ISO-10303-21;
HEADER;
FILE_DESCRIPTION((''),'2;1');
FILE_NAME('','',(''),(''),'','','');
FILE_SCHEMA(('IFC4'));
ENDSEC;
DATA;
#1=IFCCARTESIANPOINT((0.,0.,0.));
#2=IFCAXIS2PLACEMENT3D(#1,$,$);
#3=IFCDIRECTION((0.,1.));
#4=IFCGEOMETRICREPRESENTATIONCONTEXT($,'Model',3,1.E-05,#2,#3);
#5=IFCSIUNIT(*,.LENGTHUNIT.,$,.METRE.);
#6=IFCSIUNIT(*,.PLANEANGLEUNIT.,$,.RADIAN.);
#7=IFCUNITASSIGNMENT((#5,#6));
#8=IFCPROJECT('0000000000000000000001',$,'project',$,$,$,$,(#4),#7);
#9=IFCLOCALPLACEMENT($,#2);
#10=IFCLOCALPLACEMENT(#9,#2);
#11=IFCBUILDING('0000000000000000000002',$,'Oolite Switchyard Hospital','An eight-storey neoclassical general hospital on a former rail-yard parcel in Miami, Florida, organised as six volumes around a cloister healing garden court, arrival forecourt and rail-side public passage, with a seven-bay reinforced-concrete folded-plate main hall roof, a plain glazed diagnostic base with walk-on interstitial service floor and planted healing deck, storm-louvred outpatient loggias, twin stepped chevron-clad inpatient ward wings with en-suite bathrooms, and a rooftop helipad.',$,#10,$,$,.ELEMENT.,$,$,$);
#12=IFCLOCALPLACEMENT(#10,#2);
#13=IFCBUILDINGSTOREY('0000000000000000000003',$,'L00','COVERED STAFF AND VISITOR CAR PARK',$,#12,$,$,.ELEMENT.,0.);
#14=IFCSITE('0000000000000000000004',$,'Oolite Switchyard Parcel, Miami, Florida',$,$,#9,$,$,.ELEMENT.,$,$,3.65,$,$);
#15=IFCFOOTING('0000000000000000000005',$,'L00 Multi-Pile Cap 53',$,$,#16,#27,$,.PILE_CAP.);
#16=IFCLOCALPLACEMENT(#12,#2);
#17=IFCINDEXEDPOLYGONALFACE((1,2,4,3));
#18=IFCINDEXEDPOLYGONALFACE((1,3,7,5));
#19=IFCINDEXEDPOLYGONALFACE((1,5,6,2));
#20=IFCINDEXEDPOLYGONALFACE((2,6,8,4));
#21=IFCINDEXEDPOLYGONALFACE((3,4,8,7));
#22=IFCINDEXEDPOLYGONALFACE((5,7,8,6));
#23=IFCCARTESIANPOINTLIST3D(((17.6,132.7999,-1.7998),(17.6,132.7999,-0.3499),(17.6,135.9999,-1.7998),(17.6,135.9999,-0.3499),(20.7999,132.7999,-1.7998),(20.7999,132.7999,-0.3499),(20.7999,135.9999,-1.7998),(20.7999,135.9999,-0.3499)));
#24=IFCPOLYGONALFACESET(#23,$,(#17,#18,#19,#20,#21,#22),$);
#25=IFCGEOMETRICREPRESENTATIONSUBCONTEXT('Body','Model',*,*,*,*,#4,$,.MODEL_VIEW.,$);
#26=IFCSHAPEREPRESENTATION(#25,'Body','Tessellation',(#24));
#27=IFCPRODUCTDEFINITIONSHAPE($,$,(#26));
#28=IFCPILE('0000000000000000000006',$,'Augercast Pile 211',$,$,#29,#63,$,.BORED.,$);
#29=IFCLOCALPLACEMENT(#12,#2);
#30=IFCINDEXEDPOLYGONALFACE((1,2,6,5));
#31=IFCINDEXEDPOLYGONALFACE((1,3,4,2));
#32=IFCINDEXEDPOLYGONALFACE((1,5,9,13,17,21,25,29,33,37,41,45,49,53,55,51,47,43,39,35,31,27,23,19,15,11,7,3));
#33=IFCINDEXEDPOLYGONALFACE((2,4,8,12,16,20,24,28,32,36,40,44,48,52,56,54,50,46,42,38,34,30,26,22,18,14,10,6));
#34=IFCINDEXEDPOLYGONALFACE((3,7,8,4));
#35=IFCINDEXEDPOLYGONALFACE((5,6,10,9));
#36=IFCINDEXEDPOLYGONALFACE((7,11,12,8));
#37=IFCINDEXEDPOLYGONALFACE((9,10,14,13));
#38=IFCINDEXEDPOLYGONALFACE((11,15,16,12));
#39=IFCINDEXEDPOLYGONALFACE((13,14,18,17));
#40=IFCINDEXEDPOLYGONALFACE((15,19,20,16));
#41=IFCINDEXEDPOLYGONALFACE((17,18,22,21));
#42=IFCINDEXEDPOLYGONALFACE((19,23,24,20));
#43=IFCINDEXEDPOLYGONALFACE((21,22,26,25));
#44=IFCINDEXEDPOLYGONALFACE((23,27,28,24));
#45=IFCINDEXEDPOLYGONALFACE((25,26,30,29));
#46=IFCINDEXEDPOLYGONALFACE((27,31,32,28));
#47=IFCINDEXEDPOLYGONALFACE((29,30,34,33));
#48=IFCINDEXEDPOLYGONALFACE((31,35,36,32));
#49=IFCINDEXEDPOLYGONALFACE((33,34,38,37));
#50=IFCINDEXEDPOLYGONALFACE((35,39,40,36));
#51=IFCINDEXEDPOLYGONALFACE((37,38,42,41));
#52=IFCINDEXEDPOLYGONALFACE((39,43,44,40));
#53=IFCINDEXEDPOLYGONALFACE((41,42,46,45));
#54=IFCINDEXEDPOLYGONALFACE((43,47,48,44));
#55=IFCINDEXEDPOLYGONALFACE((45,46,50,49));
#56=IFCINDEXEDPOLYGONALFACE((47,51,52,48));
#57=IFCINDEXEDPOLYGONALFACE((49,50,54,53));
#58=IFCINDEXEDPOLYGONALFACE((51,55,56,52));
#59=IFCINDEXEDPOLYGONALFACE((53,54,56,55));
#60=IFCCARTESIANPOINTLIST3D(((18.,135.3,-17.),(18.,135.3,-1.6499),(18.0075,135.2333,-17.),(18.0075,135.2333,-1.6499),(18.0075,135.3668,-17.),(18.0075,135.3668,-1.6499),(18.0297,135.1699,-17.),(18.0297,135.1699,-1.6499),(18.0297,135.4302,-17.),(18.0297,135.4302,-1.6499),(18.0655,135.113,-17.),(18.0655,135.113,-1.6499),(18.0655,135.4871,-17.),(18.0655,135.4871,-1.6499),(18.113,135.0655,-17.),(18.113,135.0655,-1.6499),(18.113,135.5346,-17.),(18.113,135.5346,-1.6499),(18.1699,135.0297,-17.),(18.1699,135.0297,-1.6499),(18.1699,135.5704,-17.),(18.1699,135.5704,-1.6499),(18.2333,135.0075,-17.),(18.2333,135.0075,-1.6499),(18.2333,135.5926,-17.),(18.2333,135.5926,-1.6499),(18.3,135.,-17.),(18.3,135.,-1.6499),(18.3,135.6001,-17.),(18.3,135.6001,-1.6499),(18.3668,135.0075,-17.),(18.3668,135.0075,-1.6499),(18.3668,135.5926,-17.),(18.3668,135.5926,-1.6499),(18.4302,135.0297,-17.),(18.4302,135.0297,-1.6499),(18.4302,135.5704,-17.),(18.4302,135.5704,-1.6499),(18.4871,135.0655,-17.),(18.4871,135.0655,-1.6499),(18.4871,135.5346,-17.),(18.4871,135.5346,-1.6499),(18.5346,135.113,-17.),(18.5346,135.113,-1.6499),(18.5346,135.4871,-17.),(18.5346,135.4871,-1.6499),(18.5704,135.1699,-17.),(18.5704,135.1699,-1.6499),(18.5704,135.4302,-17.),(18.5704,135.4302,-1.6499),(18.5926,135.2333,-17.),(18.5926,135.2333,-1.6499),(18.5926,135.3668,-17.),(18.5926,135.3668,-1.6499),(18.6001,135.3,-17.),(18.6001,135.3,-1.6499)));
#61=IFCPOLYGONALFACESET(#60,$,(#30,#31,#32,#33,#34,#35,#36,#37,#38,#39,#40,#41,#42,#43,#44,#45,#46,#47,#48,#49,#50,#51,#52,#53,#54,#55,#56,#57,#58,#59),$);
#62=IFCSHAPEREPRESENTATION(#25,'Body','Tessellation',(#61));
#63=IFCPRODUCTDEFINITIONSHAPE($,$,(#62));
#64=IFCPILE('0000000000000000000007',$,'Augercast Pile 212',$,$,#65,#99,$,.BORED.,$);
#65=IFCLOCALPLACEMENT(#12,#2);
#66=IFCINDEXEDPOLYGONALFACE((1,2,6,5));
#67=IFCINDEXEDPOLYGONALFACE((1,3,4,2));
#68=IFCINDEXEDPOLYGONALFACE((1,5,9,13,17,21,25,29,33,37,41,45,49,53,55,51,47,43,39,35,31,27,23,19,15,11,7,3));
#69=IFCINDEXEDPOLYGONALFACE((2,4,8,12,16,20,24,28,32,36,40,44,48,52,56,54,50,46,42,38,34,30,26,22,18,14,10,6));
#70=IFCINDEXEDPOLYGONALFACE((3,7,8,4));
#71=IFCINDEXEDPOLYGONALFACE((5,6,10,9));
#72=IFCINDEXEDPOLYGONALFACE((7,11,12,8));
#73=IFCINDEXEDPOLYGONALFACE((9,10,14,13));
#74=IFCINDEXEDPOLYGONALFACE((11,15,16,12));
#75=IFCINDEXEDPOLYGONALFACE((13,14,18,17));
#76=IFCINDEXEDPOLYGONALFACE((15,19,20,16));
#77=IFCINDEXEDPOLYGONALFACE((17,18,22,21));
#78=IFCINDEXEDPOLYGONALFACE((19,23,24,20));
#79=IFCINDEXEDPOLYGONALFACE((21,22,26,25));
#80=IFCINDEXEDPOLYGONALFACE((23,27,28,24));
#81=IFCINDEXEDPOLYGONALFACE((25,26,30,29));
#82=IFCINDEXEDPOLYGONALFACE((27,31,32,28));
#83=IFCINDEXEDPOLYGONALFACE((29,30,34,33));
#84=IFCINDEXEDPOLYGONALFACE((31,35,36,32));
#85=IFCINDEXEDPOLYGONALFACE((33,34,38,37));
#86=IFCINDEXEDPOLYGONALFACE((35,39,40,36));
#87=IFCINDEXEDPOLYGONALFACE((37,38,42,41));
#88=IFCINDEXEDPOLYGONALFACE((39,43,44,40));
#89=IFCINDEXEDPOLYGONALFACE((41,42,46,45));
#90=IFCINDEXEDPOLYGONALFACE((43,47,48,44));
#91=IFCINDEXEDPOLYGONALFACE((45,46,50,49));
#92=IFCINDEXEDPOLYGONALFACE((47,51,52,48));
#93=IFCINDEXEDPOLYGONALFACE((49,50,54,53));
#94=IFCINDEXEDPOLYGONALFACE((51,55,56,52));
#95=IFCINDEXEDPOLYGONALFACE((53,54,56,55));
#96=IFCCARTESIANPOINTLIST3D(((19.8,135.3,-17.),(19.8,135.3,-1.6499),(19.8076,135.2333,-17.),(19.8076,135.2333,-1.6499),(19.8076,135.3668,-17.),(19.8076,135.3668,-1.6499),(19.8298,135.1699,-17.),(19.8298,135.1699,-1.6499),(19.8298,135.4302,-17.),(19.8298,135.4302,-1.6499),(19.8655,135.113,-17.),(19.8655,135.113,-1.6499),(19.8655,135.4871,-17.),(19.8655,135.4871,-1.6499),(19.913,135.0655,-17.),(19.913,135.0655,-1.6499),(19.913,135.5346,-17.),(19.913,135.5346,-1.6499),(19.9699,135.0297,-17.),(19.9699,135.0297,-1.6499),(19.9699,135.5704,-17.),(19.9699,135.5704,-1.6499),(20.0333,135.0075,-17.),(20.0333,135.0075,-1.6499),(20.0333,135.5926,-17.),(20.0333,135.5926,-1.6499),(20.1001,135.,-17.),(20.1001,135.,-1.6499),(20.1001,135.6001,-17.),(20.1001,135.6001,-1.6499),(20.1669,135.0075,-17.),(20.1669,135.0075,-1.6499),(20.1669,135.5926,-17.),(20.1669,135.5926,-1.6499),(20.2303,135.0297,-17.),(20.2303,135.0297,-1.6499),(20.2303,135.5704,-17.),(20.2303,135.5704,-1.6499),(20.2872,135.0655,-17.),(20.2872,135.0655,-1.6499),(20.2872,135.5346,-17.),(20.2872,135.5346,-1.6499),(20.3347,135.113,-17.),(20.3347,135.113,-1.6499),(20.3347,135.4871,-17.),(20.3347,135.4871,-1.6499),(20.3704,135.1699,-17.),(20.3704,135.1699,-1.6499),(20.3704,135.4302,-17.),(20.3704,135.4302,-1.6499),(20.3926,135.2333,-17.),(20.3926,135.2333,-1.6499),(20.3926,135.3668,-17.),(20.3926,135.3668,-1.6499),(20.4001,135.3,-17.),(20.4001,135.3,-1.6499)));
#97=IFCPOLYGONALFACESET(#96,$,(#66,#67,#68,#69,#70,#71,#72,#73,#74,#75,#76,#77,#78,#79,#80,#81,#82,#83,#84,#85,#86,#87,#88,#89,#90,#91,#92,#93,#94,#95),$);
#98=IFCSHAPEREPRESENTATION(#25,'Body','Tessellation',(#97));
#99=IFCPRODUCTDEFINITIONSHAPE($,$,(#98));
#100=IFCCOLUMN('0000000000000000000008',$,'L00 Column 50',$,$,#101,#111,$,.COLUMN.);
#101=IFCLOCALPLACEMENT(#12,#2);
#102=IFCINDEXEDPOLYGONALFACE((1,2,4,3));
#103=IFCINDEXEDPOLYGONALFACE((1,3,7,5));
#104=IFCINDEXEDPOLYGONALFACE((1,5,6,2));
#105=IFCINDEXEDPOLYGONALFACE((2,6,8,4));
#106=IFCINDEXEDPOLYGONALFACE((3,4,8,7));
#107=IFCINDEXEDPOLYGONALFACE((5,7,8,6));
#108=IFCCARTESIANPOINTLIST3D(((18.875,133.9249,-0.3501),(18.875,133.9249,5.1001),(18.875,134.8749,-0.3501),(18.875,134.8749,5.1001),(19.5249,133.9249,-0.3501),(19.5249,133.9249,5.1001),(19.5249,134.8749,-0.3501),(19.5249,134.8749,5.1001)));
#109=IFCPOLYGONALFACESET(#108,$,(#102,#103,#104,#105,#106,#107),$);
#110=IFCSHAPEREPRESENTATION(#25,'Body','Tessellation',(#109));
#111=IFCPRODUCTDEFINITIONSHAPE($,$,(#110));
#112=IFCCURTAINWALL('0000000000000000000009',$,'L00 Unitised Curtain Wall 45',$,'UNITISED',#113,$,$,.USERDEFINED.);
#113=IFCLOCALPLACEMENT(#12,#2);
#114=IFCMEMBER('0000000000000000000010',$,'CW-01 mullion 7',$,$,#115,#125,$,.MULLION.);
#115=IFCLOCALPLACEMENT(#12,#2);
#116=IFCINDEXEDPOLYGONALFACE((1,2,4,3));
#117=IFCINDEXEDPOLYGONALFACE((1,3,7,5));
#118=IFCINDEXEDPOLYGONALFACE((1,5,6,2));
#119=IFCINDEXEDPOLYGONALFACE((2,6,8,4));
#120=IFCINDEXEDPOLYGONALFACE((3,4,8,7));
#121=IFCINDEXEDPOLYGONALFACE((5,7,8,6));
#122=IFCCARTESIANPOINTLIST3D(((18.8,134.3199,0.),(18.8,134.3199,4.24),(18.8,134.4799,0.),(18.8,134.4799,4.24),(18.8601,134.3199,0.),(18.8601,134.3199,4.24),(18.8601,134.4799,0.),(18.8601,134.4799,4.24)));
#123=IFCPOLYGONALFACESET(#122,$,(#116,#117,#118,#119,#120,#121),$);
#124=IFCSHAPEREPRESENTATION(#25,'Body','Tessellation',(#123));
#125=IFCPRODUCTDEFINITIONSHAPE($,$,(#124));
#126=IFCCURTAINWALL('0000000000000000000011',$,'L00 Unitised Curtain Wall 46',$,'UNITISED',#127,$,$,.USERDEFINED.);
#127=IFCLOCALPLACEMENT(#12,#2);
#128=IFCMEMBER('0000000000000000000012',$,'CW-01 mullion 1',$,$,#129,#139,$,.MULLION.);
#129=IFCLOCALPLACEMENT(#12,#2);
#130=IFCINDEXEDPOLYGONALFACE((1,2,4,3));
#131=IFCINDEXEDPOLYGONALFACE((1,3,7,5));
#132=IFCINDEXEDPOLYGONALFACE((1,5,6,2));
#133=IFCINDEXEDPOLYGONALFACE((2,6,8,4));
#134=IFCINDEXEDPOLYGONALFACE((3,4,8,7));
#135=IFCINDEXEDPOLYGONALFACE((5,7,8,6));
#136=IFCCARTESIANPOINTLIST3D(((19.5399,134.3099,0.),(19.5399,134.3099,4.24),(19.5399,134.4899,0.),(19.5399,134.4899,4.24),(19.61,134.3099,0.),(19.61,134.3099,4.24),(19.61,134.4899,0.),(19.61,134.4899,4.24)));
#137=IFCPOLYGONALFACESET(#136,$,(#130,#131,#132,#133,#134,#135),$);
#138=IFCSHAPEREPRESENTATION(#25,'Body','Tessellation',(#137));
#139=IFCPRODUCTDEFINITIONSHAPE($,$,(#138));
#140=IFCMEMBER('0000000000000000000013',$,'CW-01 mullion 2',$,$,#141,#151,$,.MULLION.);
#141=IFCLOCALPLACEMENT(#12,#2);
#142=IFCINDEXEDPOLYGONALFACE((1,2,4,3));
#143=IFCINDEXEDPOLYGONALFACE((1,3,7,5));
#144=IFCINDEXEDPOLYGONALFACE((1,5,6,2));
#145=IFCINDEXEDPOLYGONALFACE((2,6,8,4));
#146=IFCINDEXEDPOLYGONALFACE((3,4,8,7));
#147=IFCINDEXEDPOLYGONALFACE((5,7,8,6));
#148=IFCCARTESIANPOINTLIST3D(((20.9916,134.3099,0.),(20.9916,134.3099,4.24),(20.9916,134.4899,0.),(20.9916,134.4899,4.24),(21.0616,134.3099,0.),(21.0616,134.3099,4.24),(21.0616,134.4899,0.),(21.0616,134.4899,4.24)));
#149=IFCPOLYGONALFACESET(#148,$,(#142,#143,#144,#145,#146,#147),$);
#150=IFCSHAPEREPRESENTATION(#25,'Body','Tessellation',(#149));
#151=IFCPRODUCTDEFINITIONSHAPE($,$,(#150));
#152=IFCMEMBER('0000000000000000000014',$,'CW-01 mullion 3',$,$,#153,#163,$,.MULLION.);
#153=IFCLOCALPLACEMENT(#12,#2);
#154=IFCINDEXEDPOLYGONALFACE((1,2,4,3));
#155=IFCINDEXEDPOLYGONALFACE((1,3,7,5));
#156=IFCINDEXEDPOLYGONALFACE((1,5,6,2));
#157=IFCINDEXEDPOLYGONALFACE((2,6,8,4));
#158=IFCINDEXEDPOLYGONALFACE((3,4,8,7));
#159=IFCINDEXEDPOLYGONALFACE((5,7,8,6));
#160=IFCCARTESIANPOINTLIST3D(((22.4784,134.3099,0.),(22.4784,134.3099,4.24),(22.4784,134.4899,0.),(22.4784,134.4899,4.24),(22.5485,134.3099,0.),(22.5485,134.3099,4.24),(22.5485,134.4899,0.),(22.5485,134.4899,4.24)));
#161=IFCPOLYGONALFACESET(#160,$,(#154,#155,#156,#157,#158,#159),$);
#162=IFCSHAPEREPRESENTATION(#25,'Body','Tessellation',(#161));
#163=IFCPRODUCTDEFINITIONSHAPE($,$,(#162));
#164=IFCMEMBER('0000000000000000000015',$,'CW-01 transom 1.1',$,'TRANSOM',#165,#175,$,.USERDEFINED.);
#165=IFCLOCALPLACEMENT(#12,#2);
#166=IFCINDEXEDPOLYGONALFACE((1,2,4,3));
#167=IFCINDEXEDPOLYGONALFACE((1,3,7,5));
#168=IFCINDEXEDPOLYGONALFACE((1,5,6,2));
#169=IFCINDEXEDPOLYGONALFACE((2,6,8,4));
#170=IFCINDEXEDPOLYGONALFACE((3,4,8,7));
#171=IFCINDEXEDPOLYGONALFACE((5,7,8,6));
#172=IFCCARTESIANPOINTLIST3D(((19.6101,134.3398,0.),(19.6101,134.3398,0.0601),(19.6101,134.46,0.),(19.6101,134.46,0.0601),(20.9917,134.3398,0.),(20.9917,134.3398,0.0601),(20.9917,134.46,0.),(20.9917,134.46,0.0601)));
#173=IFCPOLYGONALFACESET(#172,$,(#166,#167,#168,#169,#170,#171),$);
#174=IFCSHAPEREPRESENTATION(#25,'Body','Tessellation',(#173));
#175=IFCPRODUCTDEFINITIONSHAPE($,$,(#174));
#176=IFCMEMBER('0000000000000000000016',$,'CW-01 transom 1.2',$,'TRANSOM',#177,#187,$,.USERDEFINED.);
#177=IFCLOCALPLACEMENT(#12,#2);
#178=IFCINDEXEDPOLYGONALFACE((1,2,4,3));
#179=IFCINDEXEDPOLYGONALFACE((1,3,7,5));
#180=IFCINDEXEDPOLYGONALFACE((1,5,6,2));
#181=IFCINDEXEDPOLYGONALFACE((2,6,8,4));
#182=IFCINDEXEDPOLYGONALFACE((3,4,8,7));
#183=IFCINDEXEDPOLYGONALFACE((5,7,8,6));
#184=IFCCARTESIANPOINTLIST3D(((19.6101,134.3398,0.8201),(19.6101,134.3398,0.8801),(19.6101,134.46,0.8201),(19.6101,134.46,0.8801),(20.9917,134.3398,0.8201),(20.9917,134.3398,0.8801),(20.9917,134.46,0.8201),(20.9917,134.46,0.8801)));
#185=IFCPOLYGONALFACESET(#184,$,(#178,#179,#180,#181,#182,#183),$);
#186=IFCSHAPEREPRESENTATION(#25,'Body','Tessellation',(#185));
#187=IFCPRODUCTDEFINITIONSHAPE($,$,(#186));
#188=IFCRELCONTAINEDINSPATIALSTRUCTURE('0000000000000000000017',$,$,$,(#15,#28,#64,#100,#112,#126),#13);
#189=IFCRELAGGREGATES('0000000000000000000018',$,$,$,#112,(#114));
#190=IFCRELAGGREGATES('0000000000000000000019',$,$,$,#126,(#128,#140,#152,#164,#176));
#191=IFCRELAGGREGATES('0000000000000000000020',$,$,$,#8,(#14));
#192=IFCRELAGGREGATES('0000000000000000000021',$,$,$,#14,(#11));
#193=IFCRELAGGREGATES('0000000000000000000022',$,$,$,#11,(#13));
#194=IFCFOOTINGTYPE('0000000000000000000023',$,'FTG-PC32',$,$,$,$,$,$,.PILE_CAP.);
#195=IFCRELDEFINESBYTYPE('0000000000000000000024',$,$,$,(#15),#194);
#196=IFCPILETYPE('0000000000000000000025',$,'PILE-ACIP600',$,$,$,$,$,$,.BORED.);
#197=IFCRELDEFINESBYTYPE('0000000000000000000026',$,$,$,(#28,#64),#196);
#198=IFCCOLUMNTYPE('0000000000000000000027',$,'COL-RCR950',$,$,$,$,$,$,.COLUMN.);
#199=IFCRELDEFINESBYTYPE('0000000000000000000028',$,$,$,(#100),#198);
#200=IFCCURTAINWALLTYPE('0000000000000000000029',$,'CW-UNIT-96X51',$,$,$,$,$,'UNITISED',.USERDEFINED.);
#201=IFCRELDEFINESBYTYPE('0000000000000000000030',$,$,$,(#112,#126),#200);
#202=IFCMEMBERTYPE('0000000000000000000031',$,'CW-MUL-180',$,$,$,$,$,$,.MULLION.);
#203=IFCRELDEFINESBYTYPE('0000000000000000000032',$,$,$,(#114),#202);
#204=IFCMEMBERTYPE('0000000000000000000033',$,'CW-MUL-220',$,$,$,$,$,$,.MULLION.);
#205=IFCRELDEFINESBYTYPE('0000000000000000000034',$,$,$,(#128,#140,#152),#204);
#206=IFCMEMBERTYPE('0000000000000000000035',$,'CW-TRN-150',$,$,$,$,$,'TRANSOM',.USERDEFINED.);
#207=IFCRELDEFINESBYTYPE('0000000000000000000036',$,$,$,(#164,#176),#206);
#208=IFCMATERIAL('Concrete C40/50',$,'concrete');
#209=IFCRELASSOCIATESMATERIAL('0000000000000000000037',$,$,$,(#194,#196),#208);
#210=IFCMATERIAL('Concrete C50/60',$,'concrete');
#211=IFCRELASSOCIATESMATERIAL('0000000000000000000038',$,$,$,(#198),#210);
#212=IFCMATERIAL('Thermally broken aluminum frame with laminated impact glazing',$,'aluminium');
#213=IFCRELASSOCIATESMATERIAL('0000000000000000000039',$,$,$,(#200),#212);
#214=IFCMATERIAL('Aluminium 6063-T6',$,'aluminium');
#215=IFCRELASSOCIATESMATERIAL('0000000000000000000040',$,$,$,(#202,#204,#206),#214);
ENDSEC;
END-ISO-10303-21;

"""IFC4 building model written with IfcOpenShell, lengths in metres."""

from ifc_helpers import new_model, si_unit, direction, frame, origin, origin_2d, place, context, subcontext, project, spatial, rectangle, circle, extrude, material, material_profile, profile_set, type_object, element, aggregate, save


model = new_model("IFC4")

# Units and contexts
model_context = context("Model", 3, precision=1e-05, world=origin(), true_north=direction((0.0, 1.0)))
body_context = subcontext(model_context, "Body", "Model", "MODEL_VIEW")
ifc_project = project(units=[si_unit("LENGTHUNIT", "METRE"), si_unit("PLANEANGLEUNIT", "RADIAN")], contexts=[model_context])

# Site, building, storey
site_placement = place(None, origin())
site = spatial("IfcSite", under=ifc_project, at=site_placement, Name="Oolite Switchyard Parcel, Miami, Florida", CompositionType="ELEMENT", RefElevation=3.65)
building_placement = place(site_placement, origin())
building = spatial("IfcBuilding", under=site, at=building_placement, Name="Oolite Switchyard Hospital", Description="An eight-storey neoclassical general hospital on a former rail-yard parcel in Miami, Florida, organised as six volumes around a cloister healing garden court, arrival forecourt and rail-side public passage, with a seven-bay reinforced-concrete folded-plate main hall roof, a plain glazed diagnostic base with walk-on interstitial service floor and planted healing deck, storm-louvred outpatient loggias, twin stepped chevron-clad inpatient ward wings with en-suite bathrooms, and a rooftop helipad.", CompositionType="ELEMENT")
storey_placement = place(building_placement, origin())
storey = spatial("IfcBuildingStorey", under=building, at=storey_placement, Name="L00", Description="COVERED STAFF AND VISITOR CAR PARK", CompositionType="ELEMENT", Elevation=0.0)

# Footing
ifc_material_1 = material(Name="Concrete C40/50", Category="concrete")
footing_type = type_object("IfcFootingType", Name="FTG-PC32", PredefinedType="PILE_CAP", material=ifc_material_1)
footing_placement = place(storey_placement, frame((19.2, 134.3999, -1.7998), z_axis=(0.0, 0.0, 1.0), x_axis=(1.0, 0.0, 0.0)))
element("IfcFooting", 1, at=footing_placement, inside=storey, type_object=footing_type, Name="L00 Multi-Pile Cap 53", PredefinedType="PILE_CAP", context=body_context, shape_type="SweptSolid", body=[
    extrude(rectangle(XDim=3.2, YDim=3.2, at=origin_2d()), origin(), (0.0, 0.0, 1.0), 1.45),
])

# Piles
ifc_material_profile_1 = material_profile(ifc_material_1, circle(Radius=0.3, at=origin_2d()), Name="PILE600")
ifc_profile_set_1 = profile_set([ifc_material_profile_1], Name="Concrete C40/50")
pile_type = type_object("IfcPileType", Name="PILE-ACIP600", PredefinedType="BORED", material=ifc_profile_set_1)
for number, where, z_axis, x_axis, name in (
    (2, (18.3, 135.3, -1.6499), (0.0, 0.0, -1.0), (1.0, 0.0, 0.0), "Augercast Pile 211"),
    (3, (20.1001, 135.3, -1.6499), (0.0, 0.0, -1.0), (1.0, 0.0, 0.0), "Augercast Pile 212"),
):
    element("IfcPile", number, at=place(storey_placement, frame(where, z_axis=z_axis, x_axis=x_axis)), inside=storey, type_object=pile_type, Name=name, PredefinedType="BORED", context=body_context, shape_type="SweptSolid", body=[
        extrude(circle(Radius=0.3, at=origin_2d()), origin(), (0.0, 0.0, 1.0), 15.3501),
    ])

# Column
ifc_material_2 = material(Name="Concrete C50/60", Category="concrete")
ifc_material_profile_2 = material_profile(ifc_material_2, rectangle(XDim=0.95, YDim=0.6499, at=origin_2d()), Name="RC950X650")
ifc_profile_set_2 = profile_set([ifc_material_profile_2], Name="Concrete C50/60")
column_type = type_object("IfcColumnType", Name="COL-RCR950", PredefinedType="COLUMN", material=ifc_profile_set_2)
column_placement = place(storey_placement, frame((19.2, 134.3999, -0.3501), z_axis=(0.0, 0.0, 1.0), x_axis=(0.0, 1.0, 0.0)))
element("IfcColumn", 4, at=column_placement, inside=storey, type_object=column_type, Name="L00 Column 50", PredefinedType="COLUMN", context=body_context, shape_type="SweptSolid", body=[
    extrude(rectangle(XDim=0.95, YDim=0.6499, at=origin_2d()), origin(), (0.0, 0.0, 1.0), 5.4502),
])

# Curtain wall, member
ifc_material_3 = material(Name="Thermally broken aluminum frame with laminated impact glazing", Category="aluminium")
curtain_wall_type = type_object("IfcCurtainWallType", Name="CW-UNIT-96X51", ElementType="UNITISED", PredefinedType="USERDEFINED", material=ifc_material_3)
curtain_wall_1_placement = place(storey_placement, origin())
curtain_wall_1 = element("IfcCurtainWall", 5, at=curtain_wall_1_placement, inside=storey, type_object=curtain_wall_type, Name="L00 Unitised Curtain Wall 45", ObjectType="UNITISED", PredefinedType="USERDEFINED")
ifc_material_4 = material(Name="Aluminium 6063-T6", Category="aluminium")
ifc_material_profile_3 = material_profile(ifc_material_4, rectangle(XDim=0.1599, YDim=0.0601, at=origin_2d()), Name="CWM60X160")
ifc_profile_set_3 = profile_set([ifc_material_profile_3], Name="Aluminium 6063-T6")
member_type_1 = type_object("IfcMemberType", Name="CW-MUL-180", PredefinedType="MULLION", material=ifc_profile_set_3)
member_1_placement = place(storey_placement, frame((18.8301, 134.3999, 0.0), z_axis=(0.0, 0.0, 1.0), x_axis=(0.0, 1.0, 0.0)))
member_1 = element("IfcMember", 6, at=member_1_placement, type_object=member_type_1, Name="CW-01 mullion 7", PredefinedType="MULLION", context=body_context, shape_type="SweptSolid", body=[
    extrude(rectangle(XDim=0.1599, YDim=0.0601, at=origin_2d()), origin(), (0.0, 0.0, 1.0), 4.24),
])

# Curtain wall, members
curtain_wall_2_placement = place(storey_placement, origin())
curtain_wall_2 = element("IfcCurtainWall", 7, at=curtain_wall_2_placement, inside=storey, type_object=curtain_wall_type, Name="L00 Unitised Curtain Wall 46", ObjectType="UNITISED", PredefinedType="USERDEFINED")
ifc_material_profile_4 = material_profile(ifc_material_4, rectangle(XDim=0.1799, YDim=0.0701, at=origin_2d()), Name="CWM70X180")
ifc_profile_set_4 = profile_set([ifc_material_profile_4], Name="Aluminium 6063-T6")
member_type_2 = type_object("IfcMemberType", Name="CW-MUL-220", PredefinedType="MULLION", material=ifc_profile_set_4)
member_2_placement = place(storey_placement, frame((19.575, 134.3999, 0.0), z_axis=(0.0, 0.0, 1.0), x_axis=(0.0, 1.0, 0.0)))
member_2 = element("IfcMember", 8, at=member_2_placement, type_object=member_type_2, Name="CW-01 mullion 1", PredefinedType="MULLION", context=body_context, shape_type="SweptSolid", body=[
    extrude(rectangle(XDim=0.1799, YDim=0.0701, at=origin_2d()), origin(), (0.0, 0.0, 1.0), 4.24),
])
member_3_placement = place(storey_placement, frame((21.0266, 134.3999, 0.0), z_axis=(0.0, 0.0, 1.0), x_axis=(0.0, 1.0, 0.0)))
member_3 = element("IfcMember", 9, at=member_3_placement, type_object=member_type_2, Name="CW-01 mullion 2", PredefinedType="MULLION", context=body_context, shape_type="SweptSolid", body=[
    extrude(rectangle(XDim=0.1799, YDim=0.0701, at=origin_2d()), origin(), (0.0, 0.0, 1.0), 4.24),
])
member_4_placement = place(storey_placement, frame((22.5134, 134.3999, 0.0), z_axis=(0.0, 0.0, 1.0), x_axis=(0.0, 1.0, 0.0)))
member_4 = element("IfcMember", 10, at=member_4_placement, type_object=member_type_2, Name="CW-01 mullion 3", PredefinedType="MULLION", context=body_context, shape_type="SweptSolid", body=[
    extrude(rectangle(XDim=0.1799, YDim=0.0701, at=origin_2d()), origin(), (0.0, 0.0, 1.0), 4.24),
])
ifc_material_profile_5 = material_profile(ifc_material_4, rectangle(XDim=0.1201, YDim=0.0601, at=origin_2d()), Name="CWT60X120")
ifc_profile_set_5 = profile_set([ifc_material_profile_5], Name="Aluminium 6063-T6")
member_type_3 = type_object("IfcMemberType", Name="CW-TRN-150", ElementType="TRANSOM", PredefinedType="USERDEFINED", material=ifc_profile_set_5)
member_5_placement = place(storey_placement, frame((19.6101, 134.3999, 0.03), z_axis=(1.0, 0.0, 0.0), x_axis=(0.0, 1.0, 0.0)))
member_5 = element("IfcMember", 11, at=member_5_placement, type_object=member_type_3, Name="CW-01 transom 1.1", ObjectType="TRANSOM", PredefinedType="USERDEFINED", context=body_context, shape_type="SweptSolid", body=[
    extrude(rectangle(XDim=0.1201, YDim=0.0601, at=origin_2d()), origin(), (0.0, 0.0, 1.0), 1.3816),
])
member_6_placement = place(storey_placement, frame((19.6101, 134.3999, 0.8501), z_axis=(1.0, 0.0, 0.0), x_axis=(0.0, 1.0, 0.0)))
member_6 = element("IfcMember", 12, at=member_6_placement, type_object=member_type_3, Name="CW-01 transom 1.2", ObjectType="TRANSOM", PredefinedType="USERDEFINED", context=body_context, shape_type="SweptSolid", body=[
    extrude(rectangle(XDim=0.1201, YDim=0.0601, at=origin_2d()), origin(), (0.0, 0.0, 1.0), 1.3816),
])

aggregate(curtain_wall_1, [member_1])
aggregate(curtain_wall_2, [member_2, member_3, member_4, member_5, member_6])

save(model, "model.ifc")
